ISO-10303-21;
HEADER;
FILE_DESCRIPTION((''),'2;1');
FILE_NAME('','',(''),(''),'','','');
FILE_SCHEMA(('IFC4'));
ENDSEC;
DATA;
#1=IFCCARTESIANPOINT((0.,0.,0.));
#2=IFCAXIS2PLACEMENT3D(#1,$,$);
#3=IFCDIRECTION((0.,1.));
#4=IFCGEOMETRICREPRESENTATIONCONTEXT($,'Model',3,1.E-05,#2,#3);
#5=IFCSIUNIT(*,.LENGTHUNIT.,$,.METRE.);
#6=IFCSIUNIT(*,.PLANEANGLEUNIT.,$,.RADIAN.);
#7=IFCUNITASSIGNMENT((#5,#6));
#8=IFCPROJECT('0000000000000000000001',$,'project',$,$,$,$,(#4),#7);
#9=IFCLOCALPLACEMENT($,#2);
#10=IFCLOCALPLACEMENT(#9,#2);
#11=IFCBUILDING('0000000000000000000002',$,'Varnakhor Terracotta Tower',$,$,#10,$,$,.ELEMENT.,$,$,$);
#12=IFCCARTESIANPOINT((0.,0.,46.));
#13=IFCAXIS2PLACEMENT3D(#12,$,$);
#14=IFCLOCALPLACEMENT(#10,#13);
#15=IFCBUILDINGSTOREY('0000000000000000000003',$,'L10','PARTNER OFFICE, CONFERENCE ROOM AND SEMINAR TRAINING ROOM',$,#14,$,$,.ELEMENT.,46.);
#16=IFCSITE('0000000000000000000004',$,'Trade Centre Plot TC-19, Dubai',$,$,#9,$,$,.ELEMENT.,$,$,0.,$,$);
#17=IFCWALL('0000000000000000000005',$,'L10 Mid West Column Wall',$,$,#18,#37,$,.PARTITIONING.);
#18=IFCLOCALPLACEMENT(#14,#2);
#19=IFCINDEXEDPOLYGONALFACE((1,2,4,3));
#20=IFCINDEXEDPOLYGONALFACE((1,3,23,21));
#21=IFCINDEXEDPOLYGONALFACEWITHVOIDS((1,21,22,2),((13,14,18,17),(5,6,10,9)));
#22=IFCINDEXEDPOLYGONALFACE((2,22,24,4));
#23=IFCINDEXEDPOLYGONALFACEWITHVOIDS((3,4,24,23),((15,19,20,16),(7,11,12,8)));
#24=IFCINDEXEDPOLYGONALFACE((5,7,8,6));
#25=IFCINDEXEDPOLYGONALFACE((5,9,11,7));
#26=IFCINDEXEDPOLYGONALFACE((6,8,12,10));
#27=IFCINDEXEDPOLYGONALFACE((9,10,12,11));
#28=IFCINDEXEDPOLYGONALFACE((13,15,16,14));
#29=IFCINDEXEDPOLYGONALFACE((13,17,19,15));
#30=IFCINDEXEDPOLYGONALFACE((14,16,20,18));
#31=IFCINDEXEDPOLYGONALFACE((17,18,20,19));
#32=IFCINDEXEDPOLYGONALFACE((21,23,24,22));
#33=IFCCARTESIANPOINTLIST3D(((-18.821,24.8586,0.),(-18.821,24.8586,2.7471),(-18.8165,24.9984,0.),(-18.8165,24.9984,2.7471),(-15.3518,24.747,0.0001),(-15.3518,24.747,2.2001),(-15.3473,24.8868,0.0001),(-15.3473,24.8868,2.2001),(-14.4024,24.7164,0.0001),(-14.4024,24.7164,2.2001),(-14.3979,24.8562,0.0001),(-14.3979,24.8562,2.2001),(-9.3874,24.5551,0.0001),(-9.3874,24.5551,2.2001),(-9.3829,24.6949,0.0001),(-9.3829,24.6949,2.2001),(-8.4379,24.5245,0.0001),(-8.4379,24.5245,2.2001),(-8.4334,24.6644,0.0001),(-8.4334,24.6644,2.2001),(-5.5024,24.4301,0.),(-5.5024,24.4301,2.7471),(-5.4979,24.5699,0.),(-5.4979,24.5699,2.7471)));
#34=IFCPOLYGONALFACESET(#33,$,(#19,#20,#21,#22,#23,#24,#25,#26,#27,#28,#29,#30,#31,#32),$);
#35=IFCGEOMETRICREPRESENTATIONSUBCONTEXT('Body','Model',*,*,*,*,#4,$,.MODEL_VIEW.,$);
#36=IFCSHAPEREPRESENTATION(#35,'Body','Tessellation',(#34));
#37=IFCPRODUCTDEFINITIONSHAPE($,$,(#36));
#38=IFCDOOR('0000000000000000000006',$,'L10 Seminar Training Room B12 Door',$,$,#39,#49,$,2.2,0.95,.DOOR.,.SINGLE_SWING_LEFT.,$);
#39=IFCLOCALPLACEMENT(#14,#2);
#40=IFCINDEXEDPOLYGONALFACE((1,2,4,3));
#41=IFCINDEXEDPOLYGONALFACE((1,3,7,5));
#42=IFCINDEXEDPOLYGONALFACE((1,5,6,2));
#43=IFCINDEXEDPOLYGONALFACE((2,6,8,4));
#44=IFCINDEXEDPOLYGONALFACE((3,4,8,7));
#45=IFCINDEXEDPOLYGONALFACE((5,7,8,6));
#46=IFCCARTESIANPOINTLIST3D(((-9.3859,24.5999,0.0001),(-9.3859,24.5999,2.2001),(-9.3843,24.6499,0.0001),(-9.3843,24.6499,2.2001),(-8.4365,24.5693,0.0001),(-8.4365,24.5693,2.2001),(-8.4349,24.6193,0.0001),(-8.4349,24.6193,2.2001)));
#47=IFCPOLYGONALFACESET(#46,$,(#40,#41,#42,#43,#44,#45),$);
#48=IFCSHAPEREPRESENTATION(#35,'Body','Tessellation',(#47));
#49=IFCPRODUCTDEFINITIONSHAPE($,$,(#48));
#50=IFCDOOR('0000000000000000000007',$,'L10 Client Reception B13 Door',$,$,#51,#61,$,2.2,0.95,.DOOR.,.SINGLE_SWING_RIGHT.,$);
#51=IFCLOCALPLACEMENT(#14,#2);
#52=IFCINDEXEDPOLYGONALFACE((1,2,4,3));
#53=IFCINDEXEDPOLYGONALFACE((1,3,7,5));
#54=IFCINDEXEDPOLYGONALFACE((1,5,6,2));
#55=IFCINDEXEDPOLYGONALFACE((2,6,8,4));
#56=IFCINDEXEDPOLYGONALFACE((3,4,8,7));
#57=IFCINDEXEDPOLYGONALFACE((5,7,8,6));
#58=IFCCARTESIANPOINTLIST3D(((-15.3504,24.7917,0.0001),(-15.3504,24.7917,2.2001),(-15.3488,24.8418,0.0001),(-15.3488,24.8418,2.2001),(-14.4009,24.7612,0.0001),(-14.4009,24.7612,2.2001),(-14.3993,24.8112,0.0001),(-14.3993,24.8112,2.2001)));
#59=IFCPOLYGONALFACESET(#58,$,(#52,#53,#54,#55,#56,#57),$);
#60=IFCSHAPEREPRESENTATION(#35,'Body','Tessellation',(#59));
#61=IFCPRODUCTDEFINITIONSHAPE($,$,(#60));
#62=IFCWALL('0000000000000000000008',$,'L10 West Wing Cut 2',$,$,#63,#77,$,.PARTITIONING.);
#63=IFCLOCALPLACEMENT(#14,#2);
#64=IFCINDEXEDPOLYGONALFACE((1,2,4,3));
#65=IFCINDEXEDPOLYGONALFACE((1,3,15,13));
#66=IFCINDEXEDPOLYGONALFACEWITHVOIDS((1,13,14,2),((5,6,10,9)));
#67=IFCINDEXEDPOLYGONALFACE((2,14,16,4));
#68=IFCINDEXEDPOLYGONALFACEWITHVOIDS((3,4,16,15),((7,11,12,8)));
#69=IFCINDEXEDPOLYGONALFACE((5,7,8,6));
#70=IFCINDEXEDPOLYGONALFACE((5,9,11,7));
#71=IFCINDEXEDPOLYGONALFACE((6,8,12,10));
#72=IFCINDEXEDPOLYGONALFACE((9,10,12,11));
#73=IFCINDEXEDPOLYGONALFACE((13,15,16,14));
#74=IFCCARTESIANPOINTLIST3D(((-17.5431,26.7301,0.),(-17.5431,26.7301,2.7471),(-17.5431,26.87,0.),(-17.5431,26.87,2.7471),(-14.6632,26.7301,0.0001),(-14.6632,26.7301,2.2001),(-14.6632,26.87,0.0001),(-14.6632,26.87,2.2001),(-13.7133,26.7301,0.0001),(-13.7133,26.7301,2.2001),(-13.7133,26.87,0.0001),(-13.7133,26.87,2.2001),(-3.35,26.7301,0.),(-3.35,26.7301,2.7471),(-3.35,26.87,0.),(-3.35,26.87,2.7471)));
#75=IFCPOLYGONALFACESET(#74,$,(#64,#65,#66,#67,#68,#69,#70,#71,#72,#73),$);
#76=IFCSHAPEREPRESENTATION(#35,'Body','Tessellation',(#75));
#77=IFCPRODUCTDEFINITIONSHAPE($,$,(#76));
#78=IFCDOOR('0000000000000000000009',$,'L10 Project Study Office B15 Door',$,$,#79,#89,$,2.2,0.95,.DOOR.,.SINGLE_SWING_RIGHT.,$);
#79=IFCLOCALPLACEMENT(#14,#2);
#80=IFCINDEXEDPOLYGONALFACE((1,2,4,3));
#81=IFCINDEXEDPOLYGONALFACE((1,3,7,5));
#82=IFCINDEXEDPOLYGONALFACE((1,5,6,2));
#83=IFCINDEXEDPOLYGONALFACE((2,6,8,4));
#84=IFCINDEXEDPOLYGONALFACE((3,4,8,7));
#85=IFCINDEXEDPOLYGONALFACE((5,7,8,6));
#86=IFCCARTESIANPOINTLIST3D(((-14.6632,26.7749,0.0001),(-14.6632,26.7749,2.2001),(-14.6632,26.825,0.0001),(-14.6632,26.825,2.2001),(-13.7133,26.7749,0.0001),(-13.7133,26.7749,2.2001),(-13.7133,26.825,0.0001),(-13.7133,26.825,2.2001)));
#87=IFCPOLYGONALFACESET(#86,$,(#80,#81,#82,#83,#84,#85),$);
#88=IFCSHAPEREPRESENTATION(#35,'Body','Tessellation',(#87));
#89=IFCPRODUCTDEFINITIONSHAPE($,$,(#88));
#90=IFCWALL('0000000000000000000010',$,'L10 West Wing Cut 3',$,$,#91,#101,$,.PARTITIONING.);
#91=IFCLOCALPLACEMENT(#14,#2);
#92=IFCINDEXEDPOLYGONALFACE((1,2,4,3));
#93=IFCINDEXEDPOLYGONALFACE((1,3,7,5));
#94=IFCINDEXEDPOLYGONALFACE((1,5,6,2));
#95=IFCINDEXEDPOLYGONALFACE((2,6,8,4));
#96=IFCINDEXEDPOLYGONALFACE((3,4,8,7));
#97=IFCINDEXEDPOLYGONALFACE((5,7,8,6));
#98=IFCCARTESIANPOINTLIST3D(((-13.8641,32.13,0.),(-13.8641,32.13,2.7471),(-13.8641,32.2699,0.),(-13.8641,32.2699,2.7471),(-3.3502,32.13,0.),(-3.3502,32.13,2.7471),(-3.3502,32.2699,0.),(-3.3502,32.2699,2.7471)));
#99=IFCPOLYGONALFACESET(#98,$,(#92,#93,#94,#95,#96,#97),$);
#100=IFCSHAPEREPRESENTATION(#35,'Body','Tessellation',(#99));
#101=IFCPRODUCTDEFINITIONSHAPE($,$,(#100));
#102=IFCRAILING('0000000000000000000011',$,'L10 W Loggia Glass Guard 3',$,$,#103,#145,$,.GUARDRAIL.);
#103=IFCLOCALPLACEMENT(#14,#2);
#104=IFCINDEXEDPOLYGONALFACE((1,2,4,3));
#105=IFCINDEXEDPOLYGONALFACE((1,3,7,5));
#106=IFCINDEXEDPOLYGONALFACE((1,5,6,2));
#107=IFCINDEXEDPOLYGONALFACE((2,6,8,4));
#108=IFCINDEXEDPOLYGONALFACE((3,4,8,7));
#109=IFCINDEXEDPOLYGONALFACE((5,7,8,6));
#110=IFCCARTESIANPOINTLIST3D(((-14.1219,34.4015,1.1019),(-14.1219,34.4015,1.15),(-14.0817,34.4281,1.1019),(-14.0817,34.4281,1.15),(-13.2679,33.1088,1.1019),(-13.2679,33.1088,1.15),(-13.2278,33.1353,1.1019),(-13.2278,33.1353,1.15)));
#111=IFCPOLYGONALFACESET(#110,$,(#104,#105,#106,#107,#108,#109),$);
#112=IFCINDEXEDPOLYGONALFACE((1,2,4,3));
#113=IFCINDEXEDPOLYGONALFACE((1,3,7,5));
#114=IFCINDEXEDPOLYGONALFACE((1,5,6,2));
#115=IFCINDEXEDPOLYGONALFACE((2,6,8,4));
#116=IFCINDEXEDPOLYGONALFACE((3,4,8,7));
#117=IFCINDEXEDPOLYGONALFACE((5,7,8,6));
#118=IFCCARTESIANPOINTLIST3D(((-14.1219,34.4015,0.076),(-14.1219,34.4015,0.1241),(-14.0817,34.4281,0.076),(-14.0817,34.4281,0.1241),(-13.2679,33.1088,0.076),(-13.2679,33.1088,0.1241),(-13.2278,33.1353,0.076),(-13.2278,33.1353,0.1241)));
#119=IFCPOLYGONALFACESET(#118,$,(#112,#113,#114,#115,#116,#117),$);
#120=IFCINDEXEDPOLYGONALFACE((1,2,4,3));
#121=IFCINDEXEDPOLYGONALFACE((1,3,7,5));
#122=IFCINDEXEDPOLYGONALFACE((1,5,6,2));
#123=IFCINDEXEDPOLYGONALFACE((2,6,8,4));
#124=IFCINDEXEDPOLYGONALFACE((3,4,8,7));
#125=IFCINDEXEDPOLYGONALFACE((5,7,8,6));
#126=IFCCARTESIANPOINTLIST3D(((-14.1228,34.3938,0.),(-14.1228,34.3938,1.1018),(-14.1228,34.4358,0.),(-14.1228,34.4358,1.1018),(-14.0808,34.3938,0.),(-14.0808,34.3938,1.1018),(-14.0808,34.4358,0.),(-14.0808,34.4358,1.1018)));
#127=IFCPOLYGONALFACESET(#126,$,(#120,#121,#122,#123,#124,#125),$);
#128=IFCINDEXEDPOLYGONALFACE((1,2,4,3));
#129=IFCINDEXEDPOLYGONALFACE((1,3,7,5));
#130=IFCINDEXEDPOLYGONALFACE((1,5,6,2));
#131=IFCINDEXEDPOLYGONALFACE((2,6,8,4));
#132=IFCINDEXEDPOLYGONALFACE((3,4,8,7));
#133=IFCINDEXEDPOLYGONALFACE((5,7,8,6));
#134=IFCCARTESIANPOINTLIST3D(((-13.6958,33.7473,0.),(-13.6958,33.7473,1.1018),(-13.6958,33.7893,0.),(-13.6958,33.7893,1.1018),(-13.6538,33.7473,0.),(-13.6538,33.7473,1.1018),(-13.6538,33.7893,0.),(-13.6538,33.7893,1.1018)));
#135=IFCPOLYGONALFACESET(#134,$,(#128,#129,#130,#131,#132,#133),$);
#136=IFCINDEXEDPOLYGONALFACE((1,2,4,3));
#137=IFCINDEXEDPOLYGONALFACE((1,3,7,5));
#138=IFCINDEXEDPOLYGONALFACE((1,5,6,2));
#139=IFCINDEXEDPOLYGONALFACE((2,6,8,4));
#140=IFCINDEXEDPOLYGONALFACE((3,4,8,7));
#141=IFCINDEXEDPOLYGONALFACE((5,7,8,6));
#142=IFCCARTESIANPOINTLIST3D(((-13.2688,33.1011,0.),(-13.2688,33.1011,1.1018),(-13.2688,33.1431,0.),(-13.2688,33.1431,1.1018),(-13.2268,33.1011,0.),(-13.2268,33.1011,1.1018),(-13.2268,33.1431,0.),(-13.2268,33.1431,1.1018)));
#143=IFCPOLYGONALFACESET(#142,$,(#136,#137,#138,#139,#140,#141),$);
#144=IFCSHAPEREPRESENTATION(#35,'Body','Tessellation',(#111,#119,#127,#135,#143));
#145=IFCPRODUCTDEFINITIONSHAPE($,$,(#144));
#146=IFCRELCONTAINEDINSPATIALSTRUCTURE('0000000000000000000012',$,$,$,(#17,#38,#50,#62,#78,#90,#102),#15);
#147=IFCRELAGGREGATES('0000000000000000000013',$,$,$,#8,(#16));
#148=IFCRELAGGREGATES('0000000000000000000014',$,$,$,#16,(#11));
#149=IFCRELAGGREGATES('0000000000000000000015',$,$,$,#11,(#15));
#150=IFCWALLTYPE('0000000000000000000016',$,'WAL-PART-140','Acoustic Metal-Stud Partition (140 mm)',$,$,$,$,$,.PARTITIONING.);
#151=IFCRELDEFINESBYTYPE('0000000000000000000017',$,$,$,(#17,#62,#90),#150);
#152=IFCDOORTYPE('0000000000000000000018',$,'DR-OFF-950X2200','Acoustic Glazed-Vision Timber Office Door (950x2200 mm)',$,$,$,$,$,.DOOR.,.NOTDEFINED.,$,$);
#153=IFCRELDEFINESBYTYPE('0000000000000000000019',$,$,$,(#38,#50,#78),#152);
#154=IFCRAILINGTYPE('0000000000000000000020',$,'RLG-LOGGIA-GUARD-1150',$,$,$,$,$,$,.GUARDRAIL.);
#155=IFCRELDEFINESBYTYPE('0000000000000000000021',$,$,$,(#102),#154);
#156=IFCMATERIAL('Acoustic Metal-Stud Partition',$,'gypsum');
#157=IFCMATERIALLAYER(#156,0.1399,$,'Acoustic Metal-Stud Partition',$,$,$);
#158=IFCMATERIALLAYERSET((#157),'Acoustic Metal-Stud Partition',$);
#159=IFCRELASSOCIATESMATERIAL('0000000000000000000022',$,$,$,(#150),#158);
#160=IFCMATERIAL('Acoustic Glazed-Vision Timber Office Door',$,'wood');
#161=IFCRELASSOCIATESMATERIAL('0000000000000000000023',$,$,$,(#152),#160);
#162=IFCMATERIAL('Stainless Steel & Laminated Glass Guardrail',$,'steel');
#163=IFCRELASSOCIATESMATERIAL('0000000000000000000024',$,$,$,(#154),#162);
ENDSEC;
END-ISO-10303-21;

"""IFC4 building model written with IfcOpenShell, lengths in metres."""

from ifc_helpers import new_model, si_unit, direction, frame, frame_2d, origin, origin_2d, place, context, subcontext, project, spatial, rectangle, extrude, source, transform, mapped, material, layer, layer_set, type_object, type_shapes, element, fill, save


model = new_model("IFC4")

# Units and contexts
model_context = context("Model", 3, precision=1e-05, world=origin(), true_north=direction((0.0, 1.0)))
body_context = subcontext(model_context, "Body", "Model", "MODEL_VIEW")
ifc_project = project(units=[si_unit("LENGTHUNIT", "METRE"), si_unit("PLANEANGLEUNIT", "RADIAN")], contexts=[model_context])

# Site, building, storey
site_placement = place(None, origin())
site = spatial("IfcSite", under=ifc_project, at=site_placement, Name="Trade Centre Plot TC-19, Dubai", CompositionType="ELEMENT", RefElevation=0.0)
building_placement = place(site_placement, origin())
building = spatial("IfcBuilding", under=site, at=building_placement, Name="Varnakhor Terracotta Tower", CompositionType="ELEMENT")
storey_placement = place(building_placement, frame((0.0, 0.0, 46.0)))
storey = spatial("IfcBuildingStorey", under=building, at=storey_placement, Name="L10", Description="PARTNER OFFICE, CONFERENCE ROOM AND SEMINAR TRAINING ROOM", CompositionType="ELEMENT", Elevation=46.0)

# Wall, openings, doors
ifc_material_1 = material(Name="Acoustic Metal-Stud Partition", Category="gypsum")
ifc_layer_1 = layer(ifc_material_1, 0.1399, Name="Acoustic Metal-Stud Partition")
ifc_layer_set_1 = layer_set([ifc_layer_1], Name="Acoustic Metal-Stud Partition")
wall_type = type_object("IfcWallType", Name="WAL-PART-140", Description="Acoustic Metal-Stud Partition (140 mm)", PredefinedType="PARTITIONING", material=ifc_layer_set_1)
wall_1_placement = place(storey_placement, frame((-18.8186, 24.9285, 0.0), z_axis=(0.0, 0.0, 1.0), x_axis=(0.999483, -0.032154, 0.0)))
wall_1 = element("IfcWall", 1, at=wall_1_placement, inside=storey, type_object=wall_type, Name="L10 Mid West Column Wall", PredefinedType="PARTITIONING", context=body_context, shape_type="SweptSolid", body=[
    extrude(rectangle(XDim=13.3254, YDim=0.1399, at=frame_2d((6.6626, 0.0))), origin(), (0.0, 0.0, 1.0), 2.7471),
])
opening_1_placement = place(wall_1_placement, frame((9.4382, 0.0, 0.0)))
opening_1 = element("IfcOpeningElement", 2, at=opening_1_placement, cuts=wall_1, PredefinedType="OPENING", context=body_context, shape_type="SweptSolid", body=[
    extrude(rectangle(XDim=0.95, YDim=2.2, at=frame_2d((0.4751, 1.1001))), frame((0.0, 0.0801, 0.0), z_axis=(0.0, -1.0, 0.0), x_axis=(1.0, 0.0, 0.0)), (0.0, 0.0, 1.0), 0.1599),
])
opening_2_placement = place(wall_1_placement, frame((3.4707, 0.0, 0.0)))
opening_2 = element("IfcOpeningElement", 3, at=opening_2_placement, cuts=wall_1, PredefinedType="OPENING", context=body_context, shape_type="SweptSolid", body=[
    extrude(rectangle(XDim=0.95, YDim=2.2, at=frame_2d((0.4751, 1.1001))), frame((0.0, 0.0801, 0.0), z_axis=(0.0, -1.0, 0.0), x_axis=(1.0, 0.0, 0.0)), (0.0, 0.0, 1.0), 0.1599),
])
ifc_material_2 = material(Name="Acoustic Glazed-Vision Timber Office Door", Category="wood")
door_type = type_object("IfcDoorType", Name="DR-OFF-950X2200", Description="Acoustic Glazed-Vision Timber Office Door (950x2200 mm)", OperationType="NOTDEFINED", PredefinedType="DOOR", material=ifc_material_2)
shared_shape_1 = source(origin(), body_context, "Body", "SweptSolid", [
    extrude(rectangle(XDim=0.95, YDim=2.2, at=frame_2d((0.4751, 1.1001))), frame((0.0, 0.0249, 0.0), z_axis=(0.0, -1.0, 0.0), x_axis=(1.0, 0.0, 0.0)), (0.0, 0.0, 1.0), 0.05),
])
type_shapes(door_type, [shared_shape_1])
door_1_placement = place(opening_1_placement, origin())
door_1 = element("IfcDoor", 4, at=door_1_placement, inside=storey, type_object=door_type, Name="L10 Seminar Training Room B12 Door", OperationType="SINGLE_SWING_LEFT", OverallHeight=2.2, OverallWidth=0.95, PredefinedType="DOOR", context=body_context, shape_type="MappedRepresentation", body=[
    mapped(shared_shape_1, transform((0.0, 0.0, 0.0), scale=1.0)),
])
fill(opening_1, door_1)
door_2_placement = place(opening_2_placement, origin())
door_2 = element("IfcDoor", 5, at=door_2_placement, inside=storey, type_object=door_type, Name="L10 Client Reception B13 Door", OperationType="SINGLE_SWING_RIGHT", OverallHeight=2.2, OverallWidth=0.95, PredefinedType="DOOR", context=body_context, shape_type="MappedRepresentation", body=[
    mapped(shared_shape_1, transform((0.0, 0.0, 0.0), scale=1.0)),
])
fill(opening_2, door_2)

# Wall, opening, door
wall_2_placement = place(storey_placement, frame((-17.5432, 26.8, 0.0), z_axis=(0.0, 0.0, 1.0), x_axis=(1.0, 0.0, 0.0)))
wall_2 = element("IfcWall", 6, at=wall_2_placement, inside=storey, type_object=wall_type, Name="L10 West Wing Cut 2", PredefinedType="PARTITIONING", context=body_context, shape_type="SweptSolid", body=[
    extrude(rectangle(XDim=14.1931, YDim=0.1399, at=frame_2d((7.0967, 0.0))), origin(), (0.0, 0.0, 1.0), 2.7471),
])
opening_3_placement = place(wall_2_placement, frame((2.8799, 0.0, 0.0)))
opening_3 = element("IfcOpeningElement", 7, at=opening_3_placement, cuts=wall_2, PredefinedType="OPENING", context=body_context, shape_type="SweptSolid", body=[
    extrude(rectangle(XDim=0.95, YDim=2.2, at=frame_2d((0.4751, 1.1001))), frame((0.0, 0.0801, 0.0), z_axis=(0.0, -1.0, 0.0), x_axis=(1.0, 0.0, 0.0)), (0.0, 0.0, 1.0), 0.1599),
])
door_3_placement = place(opening_3_placement, origin())
door_3 = element("IfcDoor", 8, at=door_3_placement, inside=storey, type_object=door_type, Name="L10 Project Study Office B15 Door", OperationType="SINGLE_SWING_RIGHT", OverallHeight=2.2, OverallWidth=0.95, PredefinedType="DOOR", context=body_context, shape_type="MappedRepresentation", body=[
    mapped(shared_shape_1, transform((0.0, 0.0, 0.0), scale=1.0)),
])
fill(opening_3, door_3)

# Wall
wall_3_placement = place(storey_placement, frame((-13.864, 32.2, 0.0), z_axis=(0.0, 0.0, 1.0), x_axis=(1.0, 0.0, 0.0)))
element("IfcWall", 9, at=wall_3_placement, inside=storey, type_object=wall_type, Name="L10 West Wing Cut 3", PredefinedType="PARTITIONING", context=body_context, shape_type="SweptSolid", body=[
    extrude(rectangle(XDim=10.5139, YDim=0.1399, at=frame_2d((5.2568, 0.0))), origin(), (0.0, 0.0, 1.0), 2.7471),
])

# Railing
ifc_material_3 = material(Name="Stainless Steel & Laminated Glass Guardrail", Category="steel")
railing_type = type_object("IfcRailingType", Name="RLG-LOGGIA-GUARD-1150", PredefinedType="GUARDRAIL", material=ifc_material_3)
railing_placement = place(storey_placement, frame((-14.1018, 34.4148, 0.0)))
element("IfcRailing", 10, at=railing_placement, inside=storey, type_object=railing_type, Name="L10 W Loggia Glass Guard 3", PredefinedType="GUARDRAIL", context=body_context, shape_type="SweptSolid", body=[
    extrude(rectangle(XDim=0.0481, YDim=0.0481, at=origin_2d()), frame((0.0, 0.0, 1.126), z_axis=(0.551204, -0.83437, 0.0), x_axis=(0.83437, 0.551204, 0.0)), (0.0, 0.0, 1.0), 1.5493),
    extrude(rectangle(XDim=0.0481, YDim=0.0481, at=origin_2d()), frame((0.0, 0.0, 0.1001), z_axis=(0.551204, -0.83437, 0.0), x_axis=(0.83437, 0.551204, 0.0)), (0.0, 0.0, 1.0), 1.5493),
    extrude(rectangle(XDim=0.042, YDim=0.042, at=origin_2d()), origin(), (0.0, 0.0, 1.0), 1.1018),
    extrude(rectangle(XDim=0.042, YDim=0.042, at=origin_2d()), frame((0.427, -0.6465, 0.0)), (0.0, 0.0, 1.0), 1.1018),
    extrude(rectangle(XDim=0.042, YDim=0.042, at=origin_2d()), frame((0.854, -1.2927, 0.0)), (0.0, 0.0, 1.0), 1.1018),
])

save(model, "model.ifc")
